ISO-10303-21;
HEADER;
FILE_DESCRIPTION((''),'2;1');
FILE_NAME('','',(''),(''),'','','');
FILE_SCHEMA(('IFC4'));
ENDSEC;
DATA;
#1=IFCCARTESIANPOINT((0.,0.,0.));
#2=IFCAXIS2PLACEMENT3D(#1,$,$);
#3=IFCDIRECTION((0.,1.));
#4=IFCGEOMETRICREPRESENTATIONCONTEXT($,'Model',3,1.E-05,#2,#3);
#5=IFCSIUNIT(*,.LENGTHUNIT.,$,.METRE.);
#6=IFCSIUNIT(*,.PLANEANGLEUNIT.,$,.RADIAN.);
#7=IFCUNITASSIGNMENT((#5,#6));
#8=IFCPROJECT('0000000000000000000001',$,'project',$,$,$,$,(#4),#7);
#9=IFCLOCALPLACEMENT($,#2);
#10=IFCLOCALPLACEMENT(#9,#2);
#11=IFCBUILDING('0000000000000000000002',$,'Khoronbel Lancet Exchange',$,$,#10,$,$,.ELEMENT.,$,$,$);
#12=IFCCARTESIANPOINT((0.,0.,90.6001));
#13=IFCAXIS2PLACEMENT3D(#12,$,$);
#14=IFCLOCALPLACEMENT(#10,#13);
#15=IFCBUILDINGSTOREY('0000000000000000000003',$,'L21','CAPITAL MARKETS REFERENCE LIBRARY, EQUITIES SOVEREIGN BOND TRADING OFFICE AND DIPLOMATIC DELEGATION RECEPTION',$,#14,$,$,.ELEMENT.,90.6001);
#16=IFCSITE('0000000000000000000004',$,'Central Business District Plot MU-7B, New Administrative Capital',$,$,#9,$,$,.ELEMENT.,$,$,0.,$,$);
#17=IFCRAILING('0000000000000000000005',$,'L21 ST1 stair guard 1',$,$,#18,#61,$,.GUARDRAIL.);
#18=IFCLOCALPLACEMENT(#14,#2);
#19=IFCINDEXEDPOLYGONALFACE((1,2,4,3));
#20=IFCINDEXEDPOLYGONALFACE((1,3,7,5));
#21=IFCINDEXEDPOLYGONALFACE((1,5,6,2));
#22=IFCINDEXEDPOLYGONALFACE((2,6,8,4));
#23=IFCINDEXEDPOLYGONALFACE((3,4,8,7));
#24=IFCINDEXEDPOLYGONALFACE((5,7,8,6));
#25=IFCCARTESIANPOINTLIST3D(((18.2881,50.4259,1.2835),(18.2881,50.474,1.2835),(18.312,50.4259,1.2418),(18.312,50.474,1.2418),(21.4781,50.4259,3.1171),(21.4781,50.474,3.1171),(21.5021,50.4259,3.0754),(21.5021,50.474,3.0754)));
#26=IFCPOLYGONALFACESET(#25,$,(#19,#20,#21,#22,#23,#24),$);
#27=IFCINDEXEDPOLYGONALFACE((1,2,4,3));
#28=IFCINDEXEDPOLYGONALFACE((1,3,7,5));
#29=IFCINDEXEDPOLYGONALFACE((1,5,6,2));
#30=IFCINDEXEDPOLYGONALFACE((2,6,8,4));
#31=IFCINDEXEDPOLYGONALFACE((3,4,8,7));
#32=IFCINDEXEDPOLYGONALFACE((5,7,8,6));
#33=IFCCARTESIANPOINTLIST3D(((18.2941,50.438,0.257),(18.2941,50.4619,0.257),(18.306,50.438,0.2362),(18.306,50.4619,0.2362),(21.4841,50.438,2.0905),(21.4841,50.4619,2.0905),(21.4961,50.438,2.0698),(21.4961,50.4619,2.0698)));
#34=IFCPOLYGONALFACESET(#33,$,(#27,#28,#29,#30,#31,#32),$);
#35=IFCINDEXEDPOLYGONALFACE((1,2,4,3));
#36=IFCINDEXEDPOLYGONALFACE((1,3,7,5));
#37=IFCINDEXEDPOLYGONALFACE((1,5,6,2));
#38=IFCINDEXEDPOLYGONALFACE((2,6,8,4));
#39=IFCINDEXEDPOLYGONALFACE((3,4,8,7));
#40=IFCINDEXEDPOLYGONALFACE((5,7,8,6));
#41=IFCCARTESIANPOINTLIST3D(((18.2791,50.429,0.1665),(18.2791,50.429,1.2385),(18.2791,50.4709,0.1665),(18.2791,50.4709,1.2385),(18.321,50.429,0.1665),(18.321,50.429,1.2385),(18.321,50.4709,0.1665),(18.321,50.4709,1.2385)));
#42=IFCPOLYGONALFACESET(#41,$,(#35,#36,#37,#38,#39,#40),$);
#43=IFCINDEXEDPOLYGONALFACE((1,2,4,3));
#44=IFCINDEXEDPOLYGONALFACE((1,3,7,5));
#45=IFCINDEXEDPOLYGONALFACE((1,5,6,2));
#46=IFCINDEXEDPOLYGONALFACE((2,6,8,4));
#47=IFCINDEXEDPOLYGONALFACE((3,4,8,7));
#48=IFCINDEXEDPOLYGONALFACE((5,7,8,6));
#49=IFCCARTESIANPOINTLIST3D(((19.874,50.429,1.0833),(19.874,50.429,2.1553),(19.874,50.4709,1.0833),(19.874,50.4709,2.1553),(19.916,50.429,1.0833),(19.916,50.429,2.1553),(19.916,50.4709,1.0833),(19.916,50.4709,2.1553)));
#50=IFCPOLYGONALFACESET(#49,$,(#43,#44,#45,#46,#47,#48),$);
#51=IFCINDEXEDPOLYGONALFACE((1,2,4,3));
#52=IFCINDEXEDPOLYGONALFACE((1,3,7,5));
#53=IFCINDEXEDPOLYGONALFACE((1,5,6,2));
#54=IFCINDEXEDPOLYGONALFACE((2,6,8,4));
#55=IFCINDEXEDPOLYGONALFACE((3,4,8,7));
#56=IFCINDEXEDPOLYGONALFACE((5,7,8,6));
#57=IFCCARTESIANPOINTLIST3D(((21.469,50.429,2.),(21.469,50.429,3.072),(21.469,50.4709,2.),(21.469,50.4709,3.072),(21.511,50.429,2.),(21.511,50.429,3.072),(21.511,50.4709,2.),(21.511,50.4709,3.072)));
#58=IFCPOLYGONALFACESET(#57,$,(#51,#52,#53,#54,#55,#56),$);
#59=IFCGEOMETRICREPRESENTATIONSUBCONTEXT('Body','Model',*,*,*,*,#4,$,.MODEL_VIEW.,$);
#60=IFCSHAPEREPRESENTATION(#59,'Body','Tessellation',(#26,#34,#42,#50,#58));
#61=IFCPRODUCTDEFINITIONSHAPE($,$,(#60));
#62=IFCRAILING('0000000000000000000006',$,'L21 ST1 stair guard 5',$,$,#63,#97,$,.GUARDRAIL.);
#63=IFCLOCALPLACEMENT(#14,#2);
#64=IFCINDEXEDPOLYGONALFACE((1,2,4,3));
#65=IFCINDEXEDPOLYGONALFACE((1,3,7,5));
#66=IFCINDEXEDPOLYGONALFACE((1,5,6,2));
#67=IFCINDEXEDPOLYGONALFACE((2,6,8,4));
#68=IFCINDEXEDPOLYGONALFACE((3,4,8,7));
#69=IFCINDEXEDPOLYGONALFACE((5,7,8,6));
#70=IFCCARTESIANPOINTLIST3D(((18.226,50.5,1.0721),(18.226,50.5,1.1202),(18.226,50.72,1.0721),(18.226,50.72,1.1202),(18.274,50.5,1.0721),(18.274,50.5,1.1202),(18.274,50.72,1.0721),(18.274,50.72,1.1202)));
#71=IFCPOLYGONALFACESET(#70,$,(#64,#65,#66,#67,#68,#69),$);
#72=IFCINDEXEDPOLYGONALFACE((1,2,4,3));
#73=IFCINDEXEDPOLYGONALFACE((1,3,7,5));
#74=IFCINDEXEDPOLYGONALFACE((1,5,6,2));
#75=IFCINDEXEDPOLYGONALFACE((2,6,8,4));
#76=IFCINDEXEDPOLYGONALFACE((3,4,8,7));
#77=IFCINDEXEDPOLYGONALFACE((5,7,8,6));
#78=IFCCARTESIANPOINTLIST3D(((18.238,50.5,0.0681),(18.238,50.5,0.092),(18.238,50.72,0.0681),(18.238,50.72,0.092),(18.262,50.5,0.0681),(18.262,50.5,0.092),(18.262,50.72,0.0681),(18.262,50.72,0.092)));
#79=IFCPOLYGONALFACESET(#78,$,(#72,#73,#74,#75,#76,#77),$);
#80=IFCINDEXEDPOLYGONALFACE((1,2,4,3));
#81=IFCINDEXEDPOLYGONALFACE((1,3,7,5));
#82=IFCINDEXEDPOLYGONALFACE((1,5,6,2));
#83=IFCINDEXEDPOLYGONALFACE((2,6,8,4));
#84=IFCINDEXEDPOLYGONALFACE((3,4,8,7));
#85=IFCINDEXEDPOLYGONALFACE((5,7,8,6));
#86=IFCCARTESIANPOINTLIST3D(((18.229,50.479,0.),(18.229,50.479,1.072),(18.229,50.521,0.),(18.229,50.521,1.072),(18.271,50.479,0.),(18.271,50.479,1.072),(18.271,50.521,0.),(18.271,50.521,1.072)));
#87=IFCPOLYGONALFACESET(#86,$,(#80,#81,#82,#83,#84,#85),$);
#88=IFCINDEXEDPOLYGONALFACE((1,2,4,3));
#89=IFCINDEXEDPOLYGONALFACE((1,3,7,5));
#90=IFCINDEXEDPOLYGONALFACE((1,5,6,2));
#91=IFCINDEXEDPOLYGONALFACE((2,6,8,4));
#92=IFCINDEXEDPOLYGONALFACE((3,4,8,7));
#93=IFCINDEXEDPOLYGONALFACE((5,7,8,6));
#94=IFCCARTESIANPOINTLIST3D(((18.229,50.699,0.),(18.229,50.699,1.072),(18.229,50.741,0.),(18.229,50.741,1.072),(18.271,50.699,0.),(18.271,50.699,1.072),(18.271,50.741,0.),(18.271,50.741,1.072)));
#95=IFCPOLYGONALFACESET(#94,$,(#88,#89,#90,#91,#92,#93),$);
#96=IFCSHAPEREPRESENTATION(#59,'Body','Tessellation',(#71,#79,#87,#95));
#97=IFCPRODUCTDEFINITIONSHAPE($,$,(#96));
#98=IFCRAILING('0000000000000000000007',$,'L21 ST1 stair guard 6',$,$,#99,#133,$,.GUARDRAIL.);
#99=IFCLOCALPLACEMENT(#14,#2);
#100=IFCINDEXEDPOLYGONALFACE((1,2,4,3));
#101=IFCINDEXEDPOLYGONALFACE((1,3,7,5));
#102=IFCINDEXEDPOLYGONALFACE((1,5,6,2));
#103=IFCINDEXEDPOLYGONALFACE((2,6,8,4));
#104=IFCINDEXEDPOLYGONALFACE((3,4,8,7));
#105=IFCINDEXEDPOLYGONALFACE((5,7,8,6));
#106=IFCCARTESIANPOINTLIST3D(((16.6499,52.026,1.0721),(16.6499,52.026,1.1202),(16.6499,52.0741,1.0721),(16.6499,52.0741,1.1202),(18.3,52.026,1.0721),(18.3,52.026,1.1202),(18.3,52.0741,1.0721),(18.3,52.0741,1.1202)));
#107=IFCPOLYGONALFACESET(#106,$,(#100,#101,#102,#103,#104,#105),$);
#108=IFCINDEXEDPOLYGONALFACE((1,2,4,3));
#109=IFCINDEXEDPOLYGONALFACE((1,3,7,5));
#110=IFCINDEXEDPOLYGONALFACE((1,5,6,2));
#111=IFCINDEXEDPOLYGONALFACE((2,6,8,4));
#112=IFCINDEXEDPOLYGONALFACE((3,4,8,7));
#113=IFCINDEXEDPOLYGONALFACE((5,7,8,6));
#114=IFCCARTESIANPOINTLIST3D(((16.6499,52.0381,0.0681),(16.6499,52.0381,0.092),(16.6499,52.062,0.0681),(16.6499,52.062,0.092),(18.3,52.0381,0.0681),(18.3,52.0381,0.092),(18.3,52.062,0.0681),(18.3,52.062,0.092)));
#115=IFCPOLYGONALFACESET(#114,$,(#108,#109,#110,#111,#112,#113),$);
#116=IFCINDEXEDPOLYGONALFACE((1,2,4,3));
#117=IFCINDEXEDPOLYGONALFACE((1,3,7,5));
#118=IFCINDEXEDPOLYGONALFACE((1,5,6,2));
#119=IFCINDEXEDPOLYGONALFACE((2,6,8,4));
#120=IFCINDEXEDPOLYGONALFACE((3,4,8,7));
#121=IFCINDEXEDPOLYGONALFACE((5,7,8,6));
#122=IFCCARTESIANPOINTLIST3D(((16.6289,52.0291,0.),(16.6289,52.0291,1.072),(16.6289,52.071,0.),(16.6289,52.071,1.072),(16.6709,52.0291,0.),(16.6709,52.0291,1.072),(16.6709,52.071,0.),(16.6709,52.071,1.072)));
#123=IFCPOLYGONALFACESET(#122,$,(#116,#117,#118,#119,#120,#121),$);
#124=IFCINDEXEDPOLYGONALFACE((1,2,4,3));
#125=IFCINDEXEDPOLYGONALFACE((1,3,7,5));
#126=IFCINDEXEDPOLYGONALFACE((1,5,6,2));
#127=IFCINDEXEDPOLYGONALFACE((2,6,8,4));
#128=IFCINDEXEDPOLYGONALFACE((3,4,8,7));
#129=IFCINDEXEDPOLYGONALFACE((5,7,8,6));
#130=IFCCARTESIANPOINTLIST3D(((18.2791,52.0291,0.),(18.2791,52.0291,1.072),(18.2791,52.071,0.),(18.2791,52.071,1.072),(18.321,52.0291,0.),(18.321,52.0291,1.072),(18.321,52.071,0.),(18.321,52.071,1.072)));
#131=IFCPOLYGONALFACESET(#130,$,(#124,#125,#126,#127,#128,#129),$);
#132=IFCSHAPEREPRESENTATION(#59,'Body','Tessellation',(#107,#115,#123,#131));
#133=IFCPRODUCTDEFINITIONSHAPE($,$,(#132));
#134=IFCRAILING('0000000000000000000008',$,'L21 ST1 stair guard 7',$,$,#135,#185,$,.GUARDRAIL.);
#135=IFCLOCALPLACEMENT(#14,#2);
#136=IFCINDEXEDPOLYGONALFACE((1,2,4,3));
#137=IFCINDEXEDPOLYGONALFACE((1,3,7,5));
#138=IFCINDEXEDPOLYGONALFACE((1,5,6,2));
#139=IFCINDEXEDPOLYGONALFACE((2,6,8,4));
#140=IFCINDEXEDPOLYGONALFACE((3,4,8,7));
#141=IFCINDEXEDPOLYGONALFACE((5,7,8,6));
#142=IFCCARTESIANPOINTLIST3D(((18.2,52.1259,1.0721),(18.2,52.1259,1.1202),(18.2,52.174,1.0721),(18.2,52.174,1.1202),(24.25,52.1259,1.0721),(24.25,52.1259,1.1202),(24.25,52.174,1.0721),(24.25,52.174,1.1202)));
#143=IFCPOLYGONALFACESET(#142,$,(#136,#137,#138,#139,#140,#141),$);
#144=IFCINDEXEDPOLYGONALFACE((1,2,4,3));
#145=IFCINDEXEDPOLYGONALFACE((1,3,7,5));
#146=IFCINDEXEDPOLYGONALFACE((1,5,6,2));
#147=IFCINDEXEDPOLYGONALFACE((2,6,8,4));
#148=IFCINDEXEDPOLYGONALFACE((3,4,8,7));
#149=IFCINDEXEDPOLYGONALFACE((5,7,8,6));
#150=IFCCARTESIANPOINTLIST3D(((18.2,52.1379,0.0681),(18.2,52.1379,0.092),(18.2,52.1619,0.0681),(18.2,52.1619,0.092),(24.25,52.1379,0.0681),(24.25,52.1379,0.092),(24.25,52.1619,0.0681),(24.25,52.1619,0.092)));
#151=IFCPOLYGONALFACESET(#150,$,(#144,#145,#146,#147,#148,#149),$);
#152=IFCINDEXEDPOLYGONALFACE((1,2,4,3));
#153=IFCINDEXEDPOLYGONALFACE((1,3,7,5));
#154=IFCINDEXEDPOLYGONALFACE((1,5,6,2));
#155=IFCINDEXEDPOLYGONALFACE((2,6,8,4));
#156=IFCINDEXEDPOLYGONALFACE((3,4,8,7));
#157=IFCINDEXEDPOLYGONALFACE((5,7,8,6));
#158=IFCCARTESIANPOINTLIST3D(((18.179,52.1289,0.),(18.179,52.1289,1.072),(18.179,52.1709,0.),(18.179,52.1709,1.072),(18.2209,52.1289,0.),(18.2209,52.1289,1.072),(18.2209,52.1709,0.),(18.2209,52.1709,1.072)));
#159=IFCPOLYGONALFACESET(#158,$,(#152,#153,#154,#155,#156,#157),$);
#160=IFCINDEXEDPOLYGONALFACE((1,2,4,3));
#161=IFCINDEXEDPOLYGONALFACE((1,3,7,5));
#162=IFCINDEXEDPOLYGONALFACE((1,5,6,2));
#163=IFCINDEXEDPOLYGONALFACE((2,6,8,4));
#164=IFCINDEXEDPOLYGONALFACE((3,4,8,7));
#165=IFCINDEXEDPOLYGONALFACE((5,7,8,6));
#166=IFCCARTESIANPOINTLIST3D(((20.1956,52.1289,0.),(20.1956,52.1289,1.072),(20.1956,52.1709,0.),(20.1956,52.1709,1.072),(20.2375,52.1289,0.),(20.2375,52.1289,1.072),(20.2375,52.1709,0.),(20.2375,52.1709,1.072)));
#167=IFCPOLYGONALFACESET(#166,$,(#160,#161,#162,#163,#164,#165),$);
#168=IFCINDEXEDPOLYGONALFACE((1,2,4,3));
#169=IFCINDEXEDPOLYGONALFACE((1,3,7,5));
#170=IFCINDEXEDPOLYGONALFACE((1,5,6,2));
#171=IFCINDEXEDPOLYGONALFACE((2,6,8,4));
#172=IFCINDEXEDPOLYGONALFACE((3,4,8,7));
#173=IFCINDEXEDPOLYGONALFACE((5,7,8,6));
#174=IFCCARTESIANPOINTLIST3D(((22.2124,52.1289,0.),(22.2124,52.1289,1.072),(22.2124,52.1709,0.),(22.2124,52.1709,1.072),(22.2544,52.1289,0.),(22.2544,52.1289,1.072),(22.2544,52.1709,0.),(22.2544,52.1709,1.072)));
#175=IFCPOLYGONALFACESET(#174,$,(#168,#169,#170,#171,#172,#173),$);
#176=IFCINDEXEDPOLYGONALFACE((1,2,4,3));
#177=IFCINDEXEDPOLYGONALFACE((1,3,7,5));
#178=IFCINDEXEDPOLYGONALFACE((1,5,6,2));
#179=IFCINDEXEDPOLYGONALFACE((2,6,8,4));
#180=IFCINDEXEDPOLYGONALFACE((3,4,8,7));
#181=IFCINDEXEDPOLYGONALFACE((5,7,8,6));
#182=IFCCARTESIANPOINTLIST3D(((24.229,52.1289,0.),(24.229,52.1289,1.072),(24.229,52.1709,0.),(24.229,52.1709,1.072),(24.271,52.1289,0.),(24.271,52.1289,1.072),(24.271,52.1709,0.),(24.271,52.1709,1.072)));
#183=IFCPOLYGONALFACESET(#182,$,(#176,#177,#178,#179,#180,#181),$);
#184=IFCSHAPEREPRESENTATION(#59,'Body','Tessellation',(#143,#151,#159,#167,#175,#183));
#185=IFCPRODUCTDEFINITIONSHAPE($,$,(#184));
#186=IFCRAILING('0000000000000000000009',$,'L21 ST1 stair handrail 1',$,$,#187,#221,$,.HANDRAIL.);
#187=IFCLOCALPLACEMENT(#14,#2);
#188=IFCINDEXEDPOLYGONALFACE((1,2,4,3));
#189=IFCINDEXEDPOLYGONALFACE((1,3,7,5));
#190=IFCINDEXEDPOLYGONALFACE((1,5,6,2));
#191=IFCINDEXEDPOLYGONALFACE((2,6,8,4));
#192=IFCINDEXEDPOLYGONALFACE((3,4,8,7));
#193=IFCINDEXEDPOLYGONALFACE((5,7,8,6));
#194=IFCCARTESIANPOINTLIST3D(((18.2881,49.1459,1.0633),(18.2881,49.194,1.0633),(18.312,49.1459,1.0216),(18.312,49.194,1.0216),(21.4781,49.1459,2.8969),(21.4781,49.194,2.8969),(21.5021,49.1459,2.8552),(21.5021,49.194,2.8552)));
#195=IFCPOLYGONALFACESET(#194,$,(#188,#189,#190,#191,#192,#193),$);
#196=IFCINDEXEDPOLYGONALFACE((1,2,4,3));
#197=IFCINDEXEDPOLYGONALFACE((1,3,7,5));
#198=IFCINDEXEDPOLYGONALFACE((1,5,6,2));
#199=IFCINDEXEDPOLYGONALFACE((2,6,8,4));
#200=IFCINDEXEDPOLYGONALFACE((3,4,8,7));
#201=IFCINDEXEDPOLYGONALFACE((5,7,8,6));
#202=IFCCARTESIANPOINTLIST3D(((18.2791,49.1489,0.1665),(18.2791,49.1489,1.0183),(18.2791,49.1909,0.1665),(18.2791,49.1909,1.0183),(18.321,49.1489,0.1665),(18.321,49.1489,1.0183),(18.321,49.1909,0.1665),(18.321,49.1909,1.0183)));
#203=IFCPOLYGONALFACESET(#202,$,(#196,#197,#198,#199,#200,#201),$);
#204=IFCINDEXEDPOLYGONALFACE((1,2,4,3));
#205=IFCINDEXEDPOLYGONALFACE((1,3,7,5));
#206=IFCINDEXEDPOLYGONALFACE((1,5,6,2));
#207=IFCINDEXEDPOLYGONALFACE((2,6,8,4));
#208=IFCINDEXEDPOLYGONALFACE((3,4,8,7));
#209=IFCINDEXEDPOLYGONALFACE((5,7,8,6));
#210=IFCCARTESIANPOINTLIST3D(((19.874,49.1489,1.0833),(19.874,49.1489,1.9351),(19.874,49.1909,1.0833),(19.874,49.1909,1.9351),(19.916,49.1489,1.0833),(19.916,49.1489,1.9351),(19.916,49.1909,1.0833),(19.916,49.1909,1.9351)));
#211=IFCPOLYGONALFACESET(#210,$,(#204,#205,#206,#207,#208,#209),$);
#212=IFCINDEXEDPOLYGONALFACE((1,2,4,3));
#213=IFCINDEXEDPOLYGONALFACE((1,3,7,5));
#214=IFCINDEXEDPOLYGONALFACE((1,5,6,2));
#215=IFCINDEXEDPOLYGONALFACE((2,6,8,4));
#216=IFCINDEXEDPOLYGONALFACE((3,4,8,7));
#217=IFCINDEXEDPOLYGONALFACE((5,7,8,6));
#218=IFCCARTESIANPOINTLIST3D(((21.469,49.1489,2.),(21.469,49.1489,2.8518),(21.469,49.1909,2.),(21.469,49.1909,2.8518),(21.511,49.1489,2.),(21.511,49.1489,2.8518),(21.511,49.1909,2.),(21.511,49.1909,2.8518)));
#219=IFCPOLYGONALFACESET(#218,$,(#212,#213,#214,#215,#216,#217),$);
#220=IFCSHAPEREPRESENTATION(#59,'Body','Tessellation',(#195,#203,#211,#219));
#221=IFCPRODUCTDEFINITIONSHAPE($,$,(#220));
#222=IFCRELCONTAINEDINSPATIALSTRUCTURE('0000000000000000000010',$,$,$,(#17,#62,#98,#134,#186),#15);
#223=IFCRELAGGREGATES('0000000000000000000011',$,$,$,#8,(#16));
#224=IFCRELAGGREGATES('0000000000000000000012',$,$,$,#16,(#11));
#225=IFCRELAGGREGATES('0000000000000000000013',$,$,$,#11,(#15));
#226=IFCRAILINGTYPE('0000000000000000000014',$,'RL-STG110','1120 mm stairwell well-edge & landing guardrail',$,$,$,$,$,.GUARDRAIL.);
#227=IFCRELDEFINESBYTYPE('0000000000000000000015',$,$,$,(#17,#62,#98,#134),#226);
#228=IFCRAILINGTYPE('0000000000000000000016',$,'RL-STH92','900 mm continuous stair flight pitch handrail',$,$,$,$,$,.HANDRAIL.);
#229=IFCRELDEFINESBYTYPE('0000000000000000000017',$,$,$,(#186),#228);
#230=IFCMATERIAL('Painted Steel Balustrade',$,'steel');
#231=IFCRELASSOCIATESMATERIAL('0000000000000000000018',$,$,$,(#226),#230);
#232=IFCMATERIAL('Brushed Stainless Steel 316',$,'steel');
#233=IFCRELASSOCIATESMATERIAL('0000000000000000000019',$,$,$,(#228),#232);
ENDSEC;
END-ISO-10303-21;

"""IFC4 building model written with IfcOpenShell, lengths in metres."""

from ifc_helpers import new_model, si_unit, direction, frame, origin, origin_2d, place, context, subcontext, project, spatial, rectangle, extrude, material, type_object, element, save


model = new_model("IFC4")

# Units and contexts
model_context = context("Model", 3, precision=1e-05, world=origin(), true_north=direction((0.0, 1.0)))
body_context = subcontext(model_context, "Body", "Model", "MODEL_VIEW")
ifc_project = project(units=[si_unit("LENGTHUNIT", "METRE"), si_unit("PLANEANGLEUNIT", "RADIAN")], contexts=[model_context])

# Site, building, storey
site_placement = place(None, origin())
site = spatial("IfcSite", under=ifc_project, at=site_placement, Name="Central Business District Plot MU-7B, New Administrative Capital", CompositionType="ELEMENT", RefElevation=0.0)
building_placement = place(site_placement, origin())
building = spatial("IfcBuilding", under=site, at=building_placement, Name="Khoronbel Lancet Exchange", CompositionType="ELEMENT")
storey_placement = place(building_placement, frame((0.0, 0.0, 90.6001)))
storey = spatial("IfcBuildingStorey", under=building, at=storey_placement, Name="L21", Description="CAPITAL MARKETS REFERENCE LIBRARY, EQUITIES SOVEREIGN BOND TRADING OFFICE AND DIPLOMATIC DELEGATION RECEPTION", CompositionType="ELEMENT", Elevation=90.6001)

# Railings
ifc_material_1 = material(Name="Painted Steel Balustrade", Category="steel")
railing_type_1 = type_object("IfcRailingType", Name="RL-STG110", Description="1120 mm stairwell well-edge & landing guardrail", PredefinedType="GUARDRAIL", material=ifc_material_1)
railing_1_placement = place(storey_placement, frame((18.3, 50.45, 0.1665)))
element("IfcRailing", 1, at=railing_1_placement, inside=storey, type_object=railing_type_1, Name="L21 ST1 stair guard 1", PredefinedType="GUARDRAIL", context=body_context, shape_type="SweptSolid", body=[
    extrude(rectangle(XDim=0.0481, YDim=0.0481, at=origin_2d()), frame((0.0, 0.0, 1.0962), z_axis=(0.866991, 0.0, 0.498324), x_axis=(0.0, 1.0, 0.0)), (0.0, 0.0, 1.0), 3.6794),
    extrude(rectangle(XDim=0.0239, YDim=0.0239, at=origin_2d()), frame((0.0, 0.0, 0.0801), z_axis=(0.866991, 0.0, 0.498324), x_axis=(0.0, 1.0, 0.0)), (0.0, 0.0, 1.0), 3.6794),
    extrude(rectangle(XDim=0.042, YDim=0.042, at=origin_2d()), origin(), (0.0, 0.0, 1.0), 1.072),
    extrude(rectangle(XDim=0.042, YDim=0.042, at=origin_2d()), frame((1.595, 0.0, 0.9167)), (0.0, 0.0, 1.0), 1.072),
    extrude(rectangle(XDim=0.042, YDim=0.042, at=origin_2d()), frame((3.1899, 0.0, 1.8335)), (0.0, 0.0, 1.0), 1.072),
])
railing_2_placement = place(storey_placement, frame((18.25, 50.5, 0.0)))
element("IfcRailing", 2, at=railing_2_placement, inside=storey, type_object=railing_type_1, Name="L21 ST1 stair guard 5", PredefinedType="GUARDRAIL", context=body_context, shape_type="SweptSolid", body=[
    extrude(rectangle(XDim=0.0481, YDim=0.0481, at=origin_2d()), frame((0.0, 0.0, 1.0962), z_axis=(0.0, 1.0, 0.0), x_axis=(-1.0, 0.0, 0.0)), (0.0, 0.0, 1.0), 0.22),
    extrude(rectangle(XDim=0.0239, YDim=0.0239, at=origin_2d()), frame((0.0, 0.0, 0.0801), z_axis=(0.0, 1.0, 0.0), x_axis=(-1.0, 0.0, 0.0)), (0.0, 0.0, 1.0), 0.22),
    extrude(rectangle(XDim=0.042, YDim=0.042, at=origin_2d()), origin(), (0.0, 0.0, 1.0), 1.072),
    extrude(rectangle(XDim=0.042, YDim=0.042, at=origin_2d()), frame((0.0, 0.22, 0.0)), (0.0, 0.0, 1.0), 1.072),
])
railing_3_placement = place(storey_placement, frame((16.6499, 52.05, 0.0)))
element("IfcRailing", 3, at=railing_3_placement, inside=storey, type_object=railing_type_1, Name="L21 ST1 stair guard 6", PredefinedType="GUARDRAIL", context=body_context, shape_type="SweptSolid", body=[
    extrude(rectangle(XDim=0.0481, YDim=0.0481, at=origin_2d()), frame((0.0, 0.0, 1.0962), z_axis=(1.0, 0.0, 0.0), x_axis=(0.0, 1.0, 0.0)), (0.0, 0.0, 1.0), 1.6501),
    extrude(rectangle(XDim=0.0239, YDim=0.0239, at=origin_2d()), frame((0.0, 0.0, 0.0801), z_axis=(1.0, 0.0, 0.0), x_axis=(0.0, 1.0, 0.0)), (0.0, 0.0, 1.0), 1.6501),
    extrude(rectangle(XDim=0.042, YDim=0.042, at=origin_2d()), origin(), (0.0, 0.0, 1.0), 1.072),
    extrude(rectangle(XDim=0.042, YDim=0.042, at=origin_2d()), frame((1.6501, 0.0, 0.0)), (0.0, 0.0, 1.0), 1.072),
])
railing_4_placement = place(storey_placement, frame((18.2, 52.1499, 0.0)))
element("IfcRailing", 4, at=railing_4_placement, inside=storey, type_object=railing_type_1, Name="L21 ST1 stair guard 7", PredefinedType="GUARDRAIL", context=body_context, shape_type="SweptSolid", body=[
    extrude(rectangle(XDim=0.0481, YDim=0.0481, at=origin_2d()), frame((0.0, 0.0, 1.0962), z_axis=(1.0, 0.0, 0.0), x_axis=(0.0, 1.0, 0.0)), (0.0, 0.0, 1.0), 6.05),
    extrude(rectangle(XDim=0.0239, YDim=0.0239, at=origin_2d()), frame((0.0, 0.0, 0.0801), z_axis=(1.0, 0.0, 0.0), x_axis=(0.0, 1.0, 0.0)), (0.0, 0.0, 1.0), 6.05),
    extrude(rectangle(XDim=0.042, YDim=0.042, at=origin_2d()), origin(), (0.0, 0.0, 1.0), 1.072),
    extrude(rectangle(XDim=0.042, YDim=0.042, at=origin_2d()), frame((2.0166, 0.0, 0.0)), (0.0, 0.0, 1.0), 1.072),
    extrude(rectangle(XDim=0.042, YDim=0.042, at=origin_2d()), frame((4.0334, 0.0, 0.0)), (0.0, 0.0, 1.0), 1.072),
    extrude(rectangle(XDim=0.042, YDim=0.042, at=origin_2d()), frame((6.05, 0.0, 0.0)), (0.0, 0.0, 1.0), 1.072),
])
ifc_material_2 = material(Name="Brushed Stainless Steel 316", Category="steel")
railing_type_2 = type_object("IfcRailingType", Name="RL-STH92", Description="900 mm continuous stair flight pitch handrail", PredefinedType="HANDRAIL", material=ifc_material_2)
railing_5_placement = place(storey_placement, frame((18.3, 49.1699, 0.1665)))
element("IfcRailing", 5, at=railing_5_placement, inside=storey, type_object=railing_type_2, Name="L21 ST1 stair handrail 1", PredefinedType="HANDRAIL", context=body_context, shape_type="SweptSolid", body=[
    extrude(rectangle(XDim=0.0481, YDim=0.0481, at=origin_2d()), frame((0.0, 0.0, 0.876), z_axis=(0.866991, 0.0, 0.498324), x_axis=(0.0, 1.0, 0.0)), (0.0, 0.0, 1.0), 3.6794),
    extrude(rectangle(XDim=0.042, YDim=0.042, at=origin_2d()), origin(), (0.0, 0.0, 1.0), 0.8518),
    extrude(rectangle(XDim=0.042, YDim=0.042, at=origin_2d()), frame((1.595, 0.0, 0.9167)), (0.0, 0.0, 1.0), 0.8518),
    extrude(rectangle(XDim=0.042, YDim=0.042, at=origin_2d()), frame((3.1899, 0.0, 1.8335)), (0.0, 0.0, 1.0), 0.8518),
])

save(model, "model.ifc")
